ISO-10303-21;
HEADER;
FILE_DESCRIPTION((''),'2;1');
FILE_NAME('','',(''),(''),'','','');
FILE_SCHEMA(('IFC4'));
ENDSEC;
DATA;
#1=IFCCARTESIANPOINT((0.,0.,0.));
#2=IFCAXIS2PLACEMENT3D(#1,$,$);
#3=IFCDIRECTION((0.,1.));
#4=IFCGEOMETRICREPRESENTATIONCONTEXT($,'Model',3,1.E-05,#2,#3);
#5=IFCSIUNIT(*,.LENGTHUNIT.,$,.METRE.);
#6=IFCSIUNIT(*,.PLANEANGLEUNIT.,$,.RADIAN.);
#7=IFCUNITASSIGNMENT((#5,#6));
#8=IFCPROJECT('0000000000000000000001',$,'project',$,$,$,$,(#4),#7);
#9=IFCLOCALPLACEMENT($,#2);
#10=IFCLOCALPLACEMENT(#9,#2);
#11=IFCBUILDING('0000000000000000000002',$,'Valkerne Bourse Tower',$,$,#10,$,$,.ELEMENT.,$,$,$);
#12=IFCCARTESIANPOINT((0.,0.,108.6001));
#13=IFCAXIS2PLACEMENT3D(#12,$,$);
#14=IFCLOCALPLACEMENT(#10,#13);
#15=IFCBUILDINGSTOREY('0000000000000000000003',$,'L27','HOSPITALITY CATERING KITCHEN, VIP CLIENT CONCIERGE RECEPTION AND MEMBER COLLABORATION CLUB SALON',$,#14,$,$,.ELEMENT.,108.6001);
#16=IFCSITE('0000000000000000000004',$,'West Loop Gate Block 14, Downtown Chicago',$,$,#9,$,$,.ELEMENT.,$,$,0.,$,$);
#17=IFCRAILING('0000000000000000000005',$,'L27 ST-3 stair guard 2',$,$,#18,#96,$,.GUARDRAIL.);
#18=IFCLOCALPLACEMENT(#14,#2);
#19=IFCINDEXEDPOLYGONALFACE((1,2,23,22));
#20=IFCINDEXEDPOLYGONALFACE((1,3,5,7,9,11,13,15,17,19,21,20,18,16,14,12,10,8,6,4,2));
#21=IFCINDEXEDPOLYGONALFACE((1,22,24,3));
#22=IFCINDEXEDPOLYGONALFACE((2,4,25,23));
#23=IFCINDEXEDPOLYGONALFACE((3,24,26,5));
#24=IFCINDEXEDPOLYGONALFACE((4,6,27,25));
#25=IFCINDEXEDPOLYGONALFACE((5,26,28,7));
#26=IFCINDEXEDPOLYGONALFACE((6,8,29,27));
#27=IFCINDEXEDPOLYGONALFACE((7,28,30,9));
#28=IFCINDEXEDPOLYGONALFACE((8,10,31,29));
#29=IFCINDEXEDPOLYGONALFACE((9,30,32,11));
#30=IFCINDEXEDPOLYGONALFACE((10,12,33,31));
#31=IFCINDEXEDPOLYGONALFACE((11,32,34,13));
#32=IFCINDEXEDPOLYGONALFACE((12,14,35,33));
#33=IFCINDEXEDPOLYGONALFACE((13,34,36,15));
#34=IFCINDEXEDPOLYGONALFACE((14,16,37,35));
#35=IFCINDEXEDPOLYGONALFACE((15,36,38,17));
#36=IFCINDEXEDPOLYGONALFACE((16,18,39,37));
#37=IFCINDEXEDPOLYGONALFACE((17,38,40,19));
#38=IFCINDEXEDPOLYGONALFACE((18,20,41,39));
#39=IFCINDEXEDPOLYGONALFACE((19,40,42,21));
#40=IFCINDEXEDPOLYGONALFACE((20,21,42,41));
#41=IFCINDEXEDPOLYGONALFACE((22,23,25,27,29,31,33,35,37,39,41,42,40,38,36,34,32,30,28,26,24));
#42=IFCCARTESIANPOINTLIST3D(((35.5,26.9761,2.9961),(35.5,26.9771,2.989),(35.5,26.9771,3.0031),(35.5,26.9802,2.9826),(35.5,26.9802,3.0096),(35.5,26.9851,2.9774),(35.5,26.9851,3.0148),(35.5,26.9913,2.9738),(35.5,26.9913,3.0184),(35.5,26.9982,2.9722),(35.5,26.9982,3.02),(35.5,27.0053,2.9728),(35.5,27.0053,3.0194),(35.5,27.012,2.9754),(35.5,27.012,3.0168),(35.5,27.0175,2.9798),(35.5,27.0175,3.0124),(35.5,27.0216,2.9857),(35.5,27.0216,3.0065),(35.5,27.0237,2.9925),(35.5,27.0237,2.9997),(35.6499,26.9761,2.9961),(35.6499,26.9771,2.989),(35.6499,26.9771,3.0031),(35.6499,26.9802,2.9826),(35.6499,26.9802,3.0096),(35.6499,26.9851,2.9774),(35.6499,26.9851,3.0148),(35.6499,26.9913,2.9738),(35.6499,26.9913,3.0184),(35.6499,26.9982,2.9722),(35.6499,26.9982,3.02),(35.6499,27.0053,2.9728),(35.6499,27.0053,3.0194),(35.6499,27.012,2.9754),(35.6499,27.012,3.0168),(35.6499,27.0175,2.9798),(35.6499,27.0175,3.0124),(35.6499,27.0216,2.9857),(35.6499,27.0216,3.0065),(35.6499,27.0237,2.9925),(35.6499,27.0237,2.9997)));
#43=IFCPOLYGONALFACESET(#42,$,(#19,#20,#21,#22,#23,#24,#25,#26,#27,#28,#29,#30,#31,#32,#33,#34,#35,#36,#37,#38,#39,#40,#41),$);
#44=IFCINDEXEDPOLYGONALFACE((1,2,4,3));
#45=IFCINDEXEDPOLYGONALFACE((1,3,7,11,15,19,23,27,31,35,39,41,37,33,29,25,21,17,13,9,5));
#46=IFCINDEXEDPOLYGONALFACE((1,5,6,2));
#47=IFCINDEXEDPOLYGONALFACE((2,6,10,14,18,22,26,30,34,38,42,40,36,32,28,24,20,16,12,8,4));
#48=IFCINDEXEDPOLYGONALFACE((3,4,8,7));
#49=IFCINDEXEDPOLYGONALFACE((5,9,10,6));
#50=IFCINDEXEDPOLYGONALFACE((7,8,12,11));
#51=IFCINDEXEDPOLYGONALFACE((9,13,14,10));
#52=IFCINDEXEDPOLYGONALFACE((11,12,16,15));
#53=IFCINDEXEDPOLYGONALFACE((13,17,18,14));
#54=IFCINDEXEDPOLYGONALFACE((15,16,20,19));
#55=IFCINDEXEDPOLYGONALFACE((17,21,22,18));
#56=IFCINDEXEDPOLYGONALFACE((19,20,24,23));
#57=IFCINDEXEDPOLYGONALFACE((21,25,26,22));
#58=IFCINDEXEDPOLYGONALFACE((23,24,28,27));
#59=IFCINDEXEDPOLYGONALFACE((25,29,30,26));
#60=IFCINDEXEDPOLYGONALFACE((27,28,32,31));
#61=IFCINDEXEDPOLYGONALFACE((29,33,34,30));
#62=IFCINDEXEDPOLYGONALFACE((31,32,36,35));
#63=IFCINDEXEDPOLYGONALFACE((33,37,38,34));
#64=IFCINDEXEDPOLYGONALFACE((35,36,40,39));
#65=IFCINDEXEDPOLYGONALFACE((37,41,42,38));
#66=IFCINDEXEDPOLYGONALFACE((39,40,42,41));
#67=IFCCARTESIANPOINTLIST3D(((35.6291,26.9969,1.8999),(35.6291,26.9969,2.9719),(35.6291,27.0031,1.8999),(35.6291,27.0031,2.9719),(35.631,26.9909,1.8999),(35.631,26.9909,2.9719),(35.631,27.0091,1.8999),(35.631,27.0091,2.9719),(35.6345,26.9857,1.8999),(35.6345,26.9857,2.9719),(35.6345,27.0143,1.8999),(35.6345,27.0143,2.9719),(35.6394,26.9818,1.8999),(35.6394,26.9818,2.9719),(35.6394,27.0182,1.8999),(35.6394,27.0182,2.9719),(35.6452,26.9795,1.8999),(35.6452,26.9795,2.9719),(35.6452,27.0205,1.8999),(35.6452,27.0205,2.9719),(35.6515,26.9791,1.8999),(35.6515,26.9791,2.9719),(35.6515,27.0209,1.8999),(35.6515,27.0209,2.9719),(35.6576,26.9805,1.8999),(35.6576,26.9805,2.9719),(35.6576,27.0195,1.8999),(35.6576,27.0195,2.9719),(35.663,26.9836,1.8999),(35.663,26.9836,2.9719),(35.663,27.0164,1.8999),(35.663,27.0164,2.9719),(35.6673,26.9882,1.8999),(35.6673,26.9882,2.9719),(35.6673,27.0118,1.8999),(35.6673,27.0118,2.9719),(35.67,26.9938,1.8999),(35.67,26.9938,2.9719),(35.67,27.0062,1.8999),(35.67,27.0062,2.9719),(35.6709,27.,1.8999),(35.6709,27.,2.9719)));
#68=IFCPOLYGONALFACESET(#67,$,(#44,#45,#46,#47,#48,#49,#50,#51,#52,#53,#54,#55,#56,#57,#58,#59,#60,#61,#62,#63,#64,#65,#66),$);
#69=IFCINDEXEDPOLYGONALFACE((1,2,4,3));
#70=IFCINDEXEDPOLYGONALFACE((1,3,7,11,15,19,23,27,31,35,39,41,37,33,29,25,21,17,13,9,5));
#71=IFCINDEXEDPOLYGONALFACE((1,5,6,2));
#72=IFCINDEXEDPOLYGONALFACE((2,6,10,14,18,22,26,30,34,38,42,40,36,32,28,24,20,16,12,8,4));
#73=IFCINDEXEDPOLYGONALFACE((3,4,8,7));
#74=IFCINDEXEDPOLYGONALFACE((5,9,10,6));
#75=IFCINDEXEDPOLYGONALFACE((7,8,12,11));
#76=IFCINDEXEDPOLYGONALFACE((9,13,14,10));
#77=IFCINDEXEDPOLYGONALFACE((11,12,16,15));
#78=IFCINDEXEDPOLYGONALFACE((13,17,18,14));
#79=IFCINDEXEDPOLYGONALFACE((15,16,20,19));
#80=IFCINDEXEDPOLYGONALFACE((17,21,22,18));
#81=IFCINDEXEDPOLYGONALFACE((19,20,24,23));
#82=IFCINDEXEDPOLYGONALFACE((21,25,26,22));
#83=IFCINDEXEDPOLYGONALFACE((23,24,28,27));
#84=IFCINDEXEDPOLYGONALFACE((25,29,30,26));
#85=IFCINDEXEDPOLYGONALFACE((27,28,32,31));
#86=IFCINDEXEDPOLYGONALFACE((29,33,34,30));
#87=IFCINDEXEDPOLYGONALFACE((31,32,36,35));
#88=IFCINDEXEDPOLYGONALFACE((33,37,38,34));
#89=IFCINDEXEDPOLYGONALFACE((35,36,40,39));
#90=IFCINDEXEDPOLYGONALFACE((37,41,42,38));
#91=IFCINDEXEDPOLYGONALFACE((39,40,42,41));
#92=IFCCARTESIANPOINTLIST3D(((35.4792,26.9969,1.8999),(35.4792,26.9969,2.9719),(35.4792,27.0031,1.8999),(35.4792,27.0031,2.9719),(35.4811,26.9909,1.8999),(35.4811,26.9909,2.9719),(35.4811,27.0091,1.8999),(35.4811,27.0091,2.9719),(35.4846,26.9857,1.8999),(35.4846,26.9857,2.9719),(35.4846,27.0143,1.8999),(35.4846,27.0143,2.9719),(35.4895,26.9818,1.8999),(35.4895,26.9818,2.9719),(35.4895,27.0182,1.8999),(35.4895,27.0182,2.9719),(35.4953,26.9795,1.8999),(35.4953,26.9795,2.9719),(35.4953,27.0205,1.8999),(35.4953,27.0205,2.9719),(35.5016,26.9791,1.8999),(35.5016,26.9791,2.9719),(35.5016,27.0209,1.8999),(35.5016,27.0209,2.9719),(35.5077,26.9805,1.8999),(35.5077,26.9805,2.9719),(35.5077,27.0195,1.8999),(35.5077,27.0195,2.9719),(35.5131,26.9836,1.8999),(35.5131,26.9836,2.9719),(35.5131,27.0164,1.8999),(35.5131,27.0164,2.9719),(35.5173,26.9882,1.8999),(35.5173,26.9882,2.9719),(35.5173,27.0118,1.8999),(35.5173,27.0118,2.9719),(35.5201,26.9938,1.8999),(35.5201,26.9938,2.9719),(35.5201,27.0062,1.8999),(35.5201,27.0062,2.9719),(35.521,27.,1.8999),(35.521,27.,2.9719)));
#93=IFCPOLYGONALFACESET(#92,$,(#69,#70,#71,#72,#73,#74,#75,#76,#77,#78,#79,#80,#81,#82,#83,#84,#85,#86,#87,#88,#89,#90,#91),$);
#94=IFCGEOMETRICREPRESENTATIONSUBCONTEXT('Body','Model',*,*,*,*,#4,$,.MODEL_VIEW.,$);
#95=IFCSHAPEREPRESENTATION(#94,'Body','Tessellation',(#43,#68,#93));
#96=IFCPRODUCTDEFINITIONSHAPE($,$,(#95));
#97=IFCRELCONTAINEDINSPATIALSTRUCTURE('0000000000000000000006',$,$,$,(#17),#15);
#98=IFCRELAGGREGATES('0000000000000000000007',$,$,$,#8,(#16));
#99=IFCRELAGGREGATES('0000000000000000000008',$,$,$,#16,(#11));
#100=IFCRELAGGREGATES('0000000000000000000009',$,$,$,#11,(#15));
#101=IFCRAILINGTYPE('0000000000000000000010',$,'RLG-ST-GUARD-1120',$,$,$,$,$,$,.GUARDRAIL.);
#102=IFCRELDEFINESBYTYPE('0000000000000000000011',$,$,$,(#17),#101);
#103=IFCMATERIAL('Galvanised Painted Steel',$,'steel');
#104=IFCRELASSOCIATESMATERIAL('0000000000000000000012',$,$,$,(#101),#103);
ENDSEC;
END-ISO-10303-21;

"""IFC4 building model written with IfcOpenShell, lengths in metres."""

from ifc_helpers import new_model, si_unit, direction, frame, origin, origin_2d, place, context, subcontext, project, spatial, circle, extrude, material, type_object, element, save


model = new_model("IFC4")

# Units and contexts
model_context = context("Model", 3, precision=1e-05, world=origin(), true_north=direction((0.0, 1.0)))
body_context = subcontext(model_context, "Body", "Model", "MODEL_VIEW")
ifc_project = project(units=[si_unit("LENGTHUNIT", "METRE"), si_unit("PLANEANGLEUNIT", "RADIAN")], contexts=[model_context])

# Site, building, storey
site_placement = place(None, origin())
site = spatial("IfcSite", under=ifc_project, at=site_placement, Name="West Loop Gate Block 14, Downtown Chicago", CompositionType="ELEMENT", RefElevation=0.0)
building_placement = place(site_placement, origin())
building = spatial("IfcBuilding", under=site, at=building_placement, Name="Valkerne Bourse Tower", CompositionType="ELEMENT")
storey_placement = place(building_placement, frame((0.0, 0.0, 108.6001)))
storey = spatial("IfcBuildingStorey", under=building, at=storey_placement, Name="L27", Description="HOSPITALITY CATERING KITCHEN, VIP CLIENT CONCIERGE RECEPTION AND MEMBER COLLABORATION CLUB SALON", CompositionType="ELEMENT", Elevation=108.6001)

# Railing
ifc_material_1 = material(Name="Galvanised Painted Steel", Category="steel")
railing_type_1 = type_object("IfcRailingType", Name="RLG-ST-GUARD-1120", PredefinedType="GUARDRAIL", material=ifc_material_1)
railing_1_placement = place(storey_placement, frame((35.6499, 27.0, 1.8999)))
element("IfcRailing", 1, at=railing_1_placement, inside=storey, type_object=railing_type_1, Name="L27 ST-3 stair guard 2", PredefinedType="GUARDRAIL", context=body_context, shape_type="SweptSolid", body=[
    extrude(circle(Radius=0.0239, at=origin_2d()), frame((0.0, 0.0, 1.0962), z_axis=(-1.0, 0.0, 0.0), x_axis=(0.0, -1.0, 0.0)), (0.0, 0.0, 1.0), 0.1499),
    extrude(circle(Radius=0.021, at=origin_2d()), origin(), (0.0, 0.0, 1.0), 1.072),
    extrude(circle(Radius=0.021, at=origin_2d()), frame((-0.1499, 0.0, 0.0)), (0.0, 0.0, 1.0), 1.072),
])

save(model, "model.ifc")
